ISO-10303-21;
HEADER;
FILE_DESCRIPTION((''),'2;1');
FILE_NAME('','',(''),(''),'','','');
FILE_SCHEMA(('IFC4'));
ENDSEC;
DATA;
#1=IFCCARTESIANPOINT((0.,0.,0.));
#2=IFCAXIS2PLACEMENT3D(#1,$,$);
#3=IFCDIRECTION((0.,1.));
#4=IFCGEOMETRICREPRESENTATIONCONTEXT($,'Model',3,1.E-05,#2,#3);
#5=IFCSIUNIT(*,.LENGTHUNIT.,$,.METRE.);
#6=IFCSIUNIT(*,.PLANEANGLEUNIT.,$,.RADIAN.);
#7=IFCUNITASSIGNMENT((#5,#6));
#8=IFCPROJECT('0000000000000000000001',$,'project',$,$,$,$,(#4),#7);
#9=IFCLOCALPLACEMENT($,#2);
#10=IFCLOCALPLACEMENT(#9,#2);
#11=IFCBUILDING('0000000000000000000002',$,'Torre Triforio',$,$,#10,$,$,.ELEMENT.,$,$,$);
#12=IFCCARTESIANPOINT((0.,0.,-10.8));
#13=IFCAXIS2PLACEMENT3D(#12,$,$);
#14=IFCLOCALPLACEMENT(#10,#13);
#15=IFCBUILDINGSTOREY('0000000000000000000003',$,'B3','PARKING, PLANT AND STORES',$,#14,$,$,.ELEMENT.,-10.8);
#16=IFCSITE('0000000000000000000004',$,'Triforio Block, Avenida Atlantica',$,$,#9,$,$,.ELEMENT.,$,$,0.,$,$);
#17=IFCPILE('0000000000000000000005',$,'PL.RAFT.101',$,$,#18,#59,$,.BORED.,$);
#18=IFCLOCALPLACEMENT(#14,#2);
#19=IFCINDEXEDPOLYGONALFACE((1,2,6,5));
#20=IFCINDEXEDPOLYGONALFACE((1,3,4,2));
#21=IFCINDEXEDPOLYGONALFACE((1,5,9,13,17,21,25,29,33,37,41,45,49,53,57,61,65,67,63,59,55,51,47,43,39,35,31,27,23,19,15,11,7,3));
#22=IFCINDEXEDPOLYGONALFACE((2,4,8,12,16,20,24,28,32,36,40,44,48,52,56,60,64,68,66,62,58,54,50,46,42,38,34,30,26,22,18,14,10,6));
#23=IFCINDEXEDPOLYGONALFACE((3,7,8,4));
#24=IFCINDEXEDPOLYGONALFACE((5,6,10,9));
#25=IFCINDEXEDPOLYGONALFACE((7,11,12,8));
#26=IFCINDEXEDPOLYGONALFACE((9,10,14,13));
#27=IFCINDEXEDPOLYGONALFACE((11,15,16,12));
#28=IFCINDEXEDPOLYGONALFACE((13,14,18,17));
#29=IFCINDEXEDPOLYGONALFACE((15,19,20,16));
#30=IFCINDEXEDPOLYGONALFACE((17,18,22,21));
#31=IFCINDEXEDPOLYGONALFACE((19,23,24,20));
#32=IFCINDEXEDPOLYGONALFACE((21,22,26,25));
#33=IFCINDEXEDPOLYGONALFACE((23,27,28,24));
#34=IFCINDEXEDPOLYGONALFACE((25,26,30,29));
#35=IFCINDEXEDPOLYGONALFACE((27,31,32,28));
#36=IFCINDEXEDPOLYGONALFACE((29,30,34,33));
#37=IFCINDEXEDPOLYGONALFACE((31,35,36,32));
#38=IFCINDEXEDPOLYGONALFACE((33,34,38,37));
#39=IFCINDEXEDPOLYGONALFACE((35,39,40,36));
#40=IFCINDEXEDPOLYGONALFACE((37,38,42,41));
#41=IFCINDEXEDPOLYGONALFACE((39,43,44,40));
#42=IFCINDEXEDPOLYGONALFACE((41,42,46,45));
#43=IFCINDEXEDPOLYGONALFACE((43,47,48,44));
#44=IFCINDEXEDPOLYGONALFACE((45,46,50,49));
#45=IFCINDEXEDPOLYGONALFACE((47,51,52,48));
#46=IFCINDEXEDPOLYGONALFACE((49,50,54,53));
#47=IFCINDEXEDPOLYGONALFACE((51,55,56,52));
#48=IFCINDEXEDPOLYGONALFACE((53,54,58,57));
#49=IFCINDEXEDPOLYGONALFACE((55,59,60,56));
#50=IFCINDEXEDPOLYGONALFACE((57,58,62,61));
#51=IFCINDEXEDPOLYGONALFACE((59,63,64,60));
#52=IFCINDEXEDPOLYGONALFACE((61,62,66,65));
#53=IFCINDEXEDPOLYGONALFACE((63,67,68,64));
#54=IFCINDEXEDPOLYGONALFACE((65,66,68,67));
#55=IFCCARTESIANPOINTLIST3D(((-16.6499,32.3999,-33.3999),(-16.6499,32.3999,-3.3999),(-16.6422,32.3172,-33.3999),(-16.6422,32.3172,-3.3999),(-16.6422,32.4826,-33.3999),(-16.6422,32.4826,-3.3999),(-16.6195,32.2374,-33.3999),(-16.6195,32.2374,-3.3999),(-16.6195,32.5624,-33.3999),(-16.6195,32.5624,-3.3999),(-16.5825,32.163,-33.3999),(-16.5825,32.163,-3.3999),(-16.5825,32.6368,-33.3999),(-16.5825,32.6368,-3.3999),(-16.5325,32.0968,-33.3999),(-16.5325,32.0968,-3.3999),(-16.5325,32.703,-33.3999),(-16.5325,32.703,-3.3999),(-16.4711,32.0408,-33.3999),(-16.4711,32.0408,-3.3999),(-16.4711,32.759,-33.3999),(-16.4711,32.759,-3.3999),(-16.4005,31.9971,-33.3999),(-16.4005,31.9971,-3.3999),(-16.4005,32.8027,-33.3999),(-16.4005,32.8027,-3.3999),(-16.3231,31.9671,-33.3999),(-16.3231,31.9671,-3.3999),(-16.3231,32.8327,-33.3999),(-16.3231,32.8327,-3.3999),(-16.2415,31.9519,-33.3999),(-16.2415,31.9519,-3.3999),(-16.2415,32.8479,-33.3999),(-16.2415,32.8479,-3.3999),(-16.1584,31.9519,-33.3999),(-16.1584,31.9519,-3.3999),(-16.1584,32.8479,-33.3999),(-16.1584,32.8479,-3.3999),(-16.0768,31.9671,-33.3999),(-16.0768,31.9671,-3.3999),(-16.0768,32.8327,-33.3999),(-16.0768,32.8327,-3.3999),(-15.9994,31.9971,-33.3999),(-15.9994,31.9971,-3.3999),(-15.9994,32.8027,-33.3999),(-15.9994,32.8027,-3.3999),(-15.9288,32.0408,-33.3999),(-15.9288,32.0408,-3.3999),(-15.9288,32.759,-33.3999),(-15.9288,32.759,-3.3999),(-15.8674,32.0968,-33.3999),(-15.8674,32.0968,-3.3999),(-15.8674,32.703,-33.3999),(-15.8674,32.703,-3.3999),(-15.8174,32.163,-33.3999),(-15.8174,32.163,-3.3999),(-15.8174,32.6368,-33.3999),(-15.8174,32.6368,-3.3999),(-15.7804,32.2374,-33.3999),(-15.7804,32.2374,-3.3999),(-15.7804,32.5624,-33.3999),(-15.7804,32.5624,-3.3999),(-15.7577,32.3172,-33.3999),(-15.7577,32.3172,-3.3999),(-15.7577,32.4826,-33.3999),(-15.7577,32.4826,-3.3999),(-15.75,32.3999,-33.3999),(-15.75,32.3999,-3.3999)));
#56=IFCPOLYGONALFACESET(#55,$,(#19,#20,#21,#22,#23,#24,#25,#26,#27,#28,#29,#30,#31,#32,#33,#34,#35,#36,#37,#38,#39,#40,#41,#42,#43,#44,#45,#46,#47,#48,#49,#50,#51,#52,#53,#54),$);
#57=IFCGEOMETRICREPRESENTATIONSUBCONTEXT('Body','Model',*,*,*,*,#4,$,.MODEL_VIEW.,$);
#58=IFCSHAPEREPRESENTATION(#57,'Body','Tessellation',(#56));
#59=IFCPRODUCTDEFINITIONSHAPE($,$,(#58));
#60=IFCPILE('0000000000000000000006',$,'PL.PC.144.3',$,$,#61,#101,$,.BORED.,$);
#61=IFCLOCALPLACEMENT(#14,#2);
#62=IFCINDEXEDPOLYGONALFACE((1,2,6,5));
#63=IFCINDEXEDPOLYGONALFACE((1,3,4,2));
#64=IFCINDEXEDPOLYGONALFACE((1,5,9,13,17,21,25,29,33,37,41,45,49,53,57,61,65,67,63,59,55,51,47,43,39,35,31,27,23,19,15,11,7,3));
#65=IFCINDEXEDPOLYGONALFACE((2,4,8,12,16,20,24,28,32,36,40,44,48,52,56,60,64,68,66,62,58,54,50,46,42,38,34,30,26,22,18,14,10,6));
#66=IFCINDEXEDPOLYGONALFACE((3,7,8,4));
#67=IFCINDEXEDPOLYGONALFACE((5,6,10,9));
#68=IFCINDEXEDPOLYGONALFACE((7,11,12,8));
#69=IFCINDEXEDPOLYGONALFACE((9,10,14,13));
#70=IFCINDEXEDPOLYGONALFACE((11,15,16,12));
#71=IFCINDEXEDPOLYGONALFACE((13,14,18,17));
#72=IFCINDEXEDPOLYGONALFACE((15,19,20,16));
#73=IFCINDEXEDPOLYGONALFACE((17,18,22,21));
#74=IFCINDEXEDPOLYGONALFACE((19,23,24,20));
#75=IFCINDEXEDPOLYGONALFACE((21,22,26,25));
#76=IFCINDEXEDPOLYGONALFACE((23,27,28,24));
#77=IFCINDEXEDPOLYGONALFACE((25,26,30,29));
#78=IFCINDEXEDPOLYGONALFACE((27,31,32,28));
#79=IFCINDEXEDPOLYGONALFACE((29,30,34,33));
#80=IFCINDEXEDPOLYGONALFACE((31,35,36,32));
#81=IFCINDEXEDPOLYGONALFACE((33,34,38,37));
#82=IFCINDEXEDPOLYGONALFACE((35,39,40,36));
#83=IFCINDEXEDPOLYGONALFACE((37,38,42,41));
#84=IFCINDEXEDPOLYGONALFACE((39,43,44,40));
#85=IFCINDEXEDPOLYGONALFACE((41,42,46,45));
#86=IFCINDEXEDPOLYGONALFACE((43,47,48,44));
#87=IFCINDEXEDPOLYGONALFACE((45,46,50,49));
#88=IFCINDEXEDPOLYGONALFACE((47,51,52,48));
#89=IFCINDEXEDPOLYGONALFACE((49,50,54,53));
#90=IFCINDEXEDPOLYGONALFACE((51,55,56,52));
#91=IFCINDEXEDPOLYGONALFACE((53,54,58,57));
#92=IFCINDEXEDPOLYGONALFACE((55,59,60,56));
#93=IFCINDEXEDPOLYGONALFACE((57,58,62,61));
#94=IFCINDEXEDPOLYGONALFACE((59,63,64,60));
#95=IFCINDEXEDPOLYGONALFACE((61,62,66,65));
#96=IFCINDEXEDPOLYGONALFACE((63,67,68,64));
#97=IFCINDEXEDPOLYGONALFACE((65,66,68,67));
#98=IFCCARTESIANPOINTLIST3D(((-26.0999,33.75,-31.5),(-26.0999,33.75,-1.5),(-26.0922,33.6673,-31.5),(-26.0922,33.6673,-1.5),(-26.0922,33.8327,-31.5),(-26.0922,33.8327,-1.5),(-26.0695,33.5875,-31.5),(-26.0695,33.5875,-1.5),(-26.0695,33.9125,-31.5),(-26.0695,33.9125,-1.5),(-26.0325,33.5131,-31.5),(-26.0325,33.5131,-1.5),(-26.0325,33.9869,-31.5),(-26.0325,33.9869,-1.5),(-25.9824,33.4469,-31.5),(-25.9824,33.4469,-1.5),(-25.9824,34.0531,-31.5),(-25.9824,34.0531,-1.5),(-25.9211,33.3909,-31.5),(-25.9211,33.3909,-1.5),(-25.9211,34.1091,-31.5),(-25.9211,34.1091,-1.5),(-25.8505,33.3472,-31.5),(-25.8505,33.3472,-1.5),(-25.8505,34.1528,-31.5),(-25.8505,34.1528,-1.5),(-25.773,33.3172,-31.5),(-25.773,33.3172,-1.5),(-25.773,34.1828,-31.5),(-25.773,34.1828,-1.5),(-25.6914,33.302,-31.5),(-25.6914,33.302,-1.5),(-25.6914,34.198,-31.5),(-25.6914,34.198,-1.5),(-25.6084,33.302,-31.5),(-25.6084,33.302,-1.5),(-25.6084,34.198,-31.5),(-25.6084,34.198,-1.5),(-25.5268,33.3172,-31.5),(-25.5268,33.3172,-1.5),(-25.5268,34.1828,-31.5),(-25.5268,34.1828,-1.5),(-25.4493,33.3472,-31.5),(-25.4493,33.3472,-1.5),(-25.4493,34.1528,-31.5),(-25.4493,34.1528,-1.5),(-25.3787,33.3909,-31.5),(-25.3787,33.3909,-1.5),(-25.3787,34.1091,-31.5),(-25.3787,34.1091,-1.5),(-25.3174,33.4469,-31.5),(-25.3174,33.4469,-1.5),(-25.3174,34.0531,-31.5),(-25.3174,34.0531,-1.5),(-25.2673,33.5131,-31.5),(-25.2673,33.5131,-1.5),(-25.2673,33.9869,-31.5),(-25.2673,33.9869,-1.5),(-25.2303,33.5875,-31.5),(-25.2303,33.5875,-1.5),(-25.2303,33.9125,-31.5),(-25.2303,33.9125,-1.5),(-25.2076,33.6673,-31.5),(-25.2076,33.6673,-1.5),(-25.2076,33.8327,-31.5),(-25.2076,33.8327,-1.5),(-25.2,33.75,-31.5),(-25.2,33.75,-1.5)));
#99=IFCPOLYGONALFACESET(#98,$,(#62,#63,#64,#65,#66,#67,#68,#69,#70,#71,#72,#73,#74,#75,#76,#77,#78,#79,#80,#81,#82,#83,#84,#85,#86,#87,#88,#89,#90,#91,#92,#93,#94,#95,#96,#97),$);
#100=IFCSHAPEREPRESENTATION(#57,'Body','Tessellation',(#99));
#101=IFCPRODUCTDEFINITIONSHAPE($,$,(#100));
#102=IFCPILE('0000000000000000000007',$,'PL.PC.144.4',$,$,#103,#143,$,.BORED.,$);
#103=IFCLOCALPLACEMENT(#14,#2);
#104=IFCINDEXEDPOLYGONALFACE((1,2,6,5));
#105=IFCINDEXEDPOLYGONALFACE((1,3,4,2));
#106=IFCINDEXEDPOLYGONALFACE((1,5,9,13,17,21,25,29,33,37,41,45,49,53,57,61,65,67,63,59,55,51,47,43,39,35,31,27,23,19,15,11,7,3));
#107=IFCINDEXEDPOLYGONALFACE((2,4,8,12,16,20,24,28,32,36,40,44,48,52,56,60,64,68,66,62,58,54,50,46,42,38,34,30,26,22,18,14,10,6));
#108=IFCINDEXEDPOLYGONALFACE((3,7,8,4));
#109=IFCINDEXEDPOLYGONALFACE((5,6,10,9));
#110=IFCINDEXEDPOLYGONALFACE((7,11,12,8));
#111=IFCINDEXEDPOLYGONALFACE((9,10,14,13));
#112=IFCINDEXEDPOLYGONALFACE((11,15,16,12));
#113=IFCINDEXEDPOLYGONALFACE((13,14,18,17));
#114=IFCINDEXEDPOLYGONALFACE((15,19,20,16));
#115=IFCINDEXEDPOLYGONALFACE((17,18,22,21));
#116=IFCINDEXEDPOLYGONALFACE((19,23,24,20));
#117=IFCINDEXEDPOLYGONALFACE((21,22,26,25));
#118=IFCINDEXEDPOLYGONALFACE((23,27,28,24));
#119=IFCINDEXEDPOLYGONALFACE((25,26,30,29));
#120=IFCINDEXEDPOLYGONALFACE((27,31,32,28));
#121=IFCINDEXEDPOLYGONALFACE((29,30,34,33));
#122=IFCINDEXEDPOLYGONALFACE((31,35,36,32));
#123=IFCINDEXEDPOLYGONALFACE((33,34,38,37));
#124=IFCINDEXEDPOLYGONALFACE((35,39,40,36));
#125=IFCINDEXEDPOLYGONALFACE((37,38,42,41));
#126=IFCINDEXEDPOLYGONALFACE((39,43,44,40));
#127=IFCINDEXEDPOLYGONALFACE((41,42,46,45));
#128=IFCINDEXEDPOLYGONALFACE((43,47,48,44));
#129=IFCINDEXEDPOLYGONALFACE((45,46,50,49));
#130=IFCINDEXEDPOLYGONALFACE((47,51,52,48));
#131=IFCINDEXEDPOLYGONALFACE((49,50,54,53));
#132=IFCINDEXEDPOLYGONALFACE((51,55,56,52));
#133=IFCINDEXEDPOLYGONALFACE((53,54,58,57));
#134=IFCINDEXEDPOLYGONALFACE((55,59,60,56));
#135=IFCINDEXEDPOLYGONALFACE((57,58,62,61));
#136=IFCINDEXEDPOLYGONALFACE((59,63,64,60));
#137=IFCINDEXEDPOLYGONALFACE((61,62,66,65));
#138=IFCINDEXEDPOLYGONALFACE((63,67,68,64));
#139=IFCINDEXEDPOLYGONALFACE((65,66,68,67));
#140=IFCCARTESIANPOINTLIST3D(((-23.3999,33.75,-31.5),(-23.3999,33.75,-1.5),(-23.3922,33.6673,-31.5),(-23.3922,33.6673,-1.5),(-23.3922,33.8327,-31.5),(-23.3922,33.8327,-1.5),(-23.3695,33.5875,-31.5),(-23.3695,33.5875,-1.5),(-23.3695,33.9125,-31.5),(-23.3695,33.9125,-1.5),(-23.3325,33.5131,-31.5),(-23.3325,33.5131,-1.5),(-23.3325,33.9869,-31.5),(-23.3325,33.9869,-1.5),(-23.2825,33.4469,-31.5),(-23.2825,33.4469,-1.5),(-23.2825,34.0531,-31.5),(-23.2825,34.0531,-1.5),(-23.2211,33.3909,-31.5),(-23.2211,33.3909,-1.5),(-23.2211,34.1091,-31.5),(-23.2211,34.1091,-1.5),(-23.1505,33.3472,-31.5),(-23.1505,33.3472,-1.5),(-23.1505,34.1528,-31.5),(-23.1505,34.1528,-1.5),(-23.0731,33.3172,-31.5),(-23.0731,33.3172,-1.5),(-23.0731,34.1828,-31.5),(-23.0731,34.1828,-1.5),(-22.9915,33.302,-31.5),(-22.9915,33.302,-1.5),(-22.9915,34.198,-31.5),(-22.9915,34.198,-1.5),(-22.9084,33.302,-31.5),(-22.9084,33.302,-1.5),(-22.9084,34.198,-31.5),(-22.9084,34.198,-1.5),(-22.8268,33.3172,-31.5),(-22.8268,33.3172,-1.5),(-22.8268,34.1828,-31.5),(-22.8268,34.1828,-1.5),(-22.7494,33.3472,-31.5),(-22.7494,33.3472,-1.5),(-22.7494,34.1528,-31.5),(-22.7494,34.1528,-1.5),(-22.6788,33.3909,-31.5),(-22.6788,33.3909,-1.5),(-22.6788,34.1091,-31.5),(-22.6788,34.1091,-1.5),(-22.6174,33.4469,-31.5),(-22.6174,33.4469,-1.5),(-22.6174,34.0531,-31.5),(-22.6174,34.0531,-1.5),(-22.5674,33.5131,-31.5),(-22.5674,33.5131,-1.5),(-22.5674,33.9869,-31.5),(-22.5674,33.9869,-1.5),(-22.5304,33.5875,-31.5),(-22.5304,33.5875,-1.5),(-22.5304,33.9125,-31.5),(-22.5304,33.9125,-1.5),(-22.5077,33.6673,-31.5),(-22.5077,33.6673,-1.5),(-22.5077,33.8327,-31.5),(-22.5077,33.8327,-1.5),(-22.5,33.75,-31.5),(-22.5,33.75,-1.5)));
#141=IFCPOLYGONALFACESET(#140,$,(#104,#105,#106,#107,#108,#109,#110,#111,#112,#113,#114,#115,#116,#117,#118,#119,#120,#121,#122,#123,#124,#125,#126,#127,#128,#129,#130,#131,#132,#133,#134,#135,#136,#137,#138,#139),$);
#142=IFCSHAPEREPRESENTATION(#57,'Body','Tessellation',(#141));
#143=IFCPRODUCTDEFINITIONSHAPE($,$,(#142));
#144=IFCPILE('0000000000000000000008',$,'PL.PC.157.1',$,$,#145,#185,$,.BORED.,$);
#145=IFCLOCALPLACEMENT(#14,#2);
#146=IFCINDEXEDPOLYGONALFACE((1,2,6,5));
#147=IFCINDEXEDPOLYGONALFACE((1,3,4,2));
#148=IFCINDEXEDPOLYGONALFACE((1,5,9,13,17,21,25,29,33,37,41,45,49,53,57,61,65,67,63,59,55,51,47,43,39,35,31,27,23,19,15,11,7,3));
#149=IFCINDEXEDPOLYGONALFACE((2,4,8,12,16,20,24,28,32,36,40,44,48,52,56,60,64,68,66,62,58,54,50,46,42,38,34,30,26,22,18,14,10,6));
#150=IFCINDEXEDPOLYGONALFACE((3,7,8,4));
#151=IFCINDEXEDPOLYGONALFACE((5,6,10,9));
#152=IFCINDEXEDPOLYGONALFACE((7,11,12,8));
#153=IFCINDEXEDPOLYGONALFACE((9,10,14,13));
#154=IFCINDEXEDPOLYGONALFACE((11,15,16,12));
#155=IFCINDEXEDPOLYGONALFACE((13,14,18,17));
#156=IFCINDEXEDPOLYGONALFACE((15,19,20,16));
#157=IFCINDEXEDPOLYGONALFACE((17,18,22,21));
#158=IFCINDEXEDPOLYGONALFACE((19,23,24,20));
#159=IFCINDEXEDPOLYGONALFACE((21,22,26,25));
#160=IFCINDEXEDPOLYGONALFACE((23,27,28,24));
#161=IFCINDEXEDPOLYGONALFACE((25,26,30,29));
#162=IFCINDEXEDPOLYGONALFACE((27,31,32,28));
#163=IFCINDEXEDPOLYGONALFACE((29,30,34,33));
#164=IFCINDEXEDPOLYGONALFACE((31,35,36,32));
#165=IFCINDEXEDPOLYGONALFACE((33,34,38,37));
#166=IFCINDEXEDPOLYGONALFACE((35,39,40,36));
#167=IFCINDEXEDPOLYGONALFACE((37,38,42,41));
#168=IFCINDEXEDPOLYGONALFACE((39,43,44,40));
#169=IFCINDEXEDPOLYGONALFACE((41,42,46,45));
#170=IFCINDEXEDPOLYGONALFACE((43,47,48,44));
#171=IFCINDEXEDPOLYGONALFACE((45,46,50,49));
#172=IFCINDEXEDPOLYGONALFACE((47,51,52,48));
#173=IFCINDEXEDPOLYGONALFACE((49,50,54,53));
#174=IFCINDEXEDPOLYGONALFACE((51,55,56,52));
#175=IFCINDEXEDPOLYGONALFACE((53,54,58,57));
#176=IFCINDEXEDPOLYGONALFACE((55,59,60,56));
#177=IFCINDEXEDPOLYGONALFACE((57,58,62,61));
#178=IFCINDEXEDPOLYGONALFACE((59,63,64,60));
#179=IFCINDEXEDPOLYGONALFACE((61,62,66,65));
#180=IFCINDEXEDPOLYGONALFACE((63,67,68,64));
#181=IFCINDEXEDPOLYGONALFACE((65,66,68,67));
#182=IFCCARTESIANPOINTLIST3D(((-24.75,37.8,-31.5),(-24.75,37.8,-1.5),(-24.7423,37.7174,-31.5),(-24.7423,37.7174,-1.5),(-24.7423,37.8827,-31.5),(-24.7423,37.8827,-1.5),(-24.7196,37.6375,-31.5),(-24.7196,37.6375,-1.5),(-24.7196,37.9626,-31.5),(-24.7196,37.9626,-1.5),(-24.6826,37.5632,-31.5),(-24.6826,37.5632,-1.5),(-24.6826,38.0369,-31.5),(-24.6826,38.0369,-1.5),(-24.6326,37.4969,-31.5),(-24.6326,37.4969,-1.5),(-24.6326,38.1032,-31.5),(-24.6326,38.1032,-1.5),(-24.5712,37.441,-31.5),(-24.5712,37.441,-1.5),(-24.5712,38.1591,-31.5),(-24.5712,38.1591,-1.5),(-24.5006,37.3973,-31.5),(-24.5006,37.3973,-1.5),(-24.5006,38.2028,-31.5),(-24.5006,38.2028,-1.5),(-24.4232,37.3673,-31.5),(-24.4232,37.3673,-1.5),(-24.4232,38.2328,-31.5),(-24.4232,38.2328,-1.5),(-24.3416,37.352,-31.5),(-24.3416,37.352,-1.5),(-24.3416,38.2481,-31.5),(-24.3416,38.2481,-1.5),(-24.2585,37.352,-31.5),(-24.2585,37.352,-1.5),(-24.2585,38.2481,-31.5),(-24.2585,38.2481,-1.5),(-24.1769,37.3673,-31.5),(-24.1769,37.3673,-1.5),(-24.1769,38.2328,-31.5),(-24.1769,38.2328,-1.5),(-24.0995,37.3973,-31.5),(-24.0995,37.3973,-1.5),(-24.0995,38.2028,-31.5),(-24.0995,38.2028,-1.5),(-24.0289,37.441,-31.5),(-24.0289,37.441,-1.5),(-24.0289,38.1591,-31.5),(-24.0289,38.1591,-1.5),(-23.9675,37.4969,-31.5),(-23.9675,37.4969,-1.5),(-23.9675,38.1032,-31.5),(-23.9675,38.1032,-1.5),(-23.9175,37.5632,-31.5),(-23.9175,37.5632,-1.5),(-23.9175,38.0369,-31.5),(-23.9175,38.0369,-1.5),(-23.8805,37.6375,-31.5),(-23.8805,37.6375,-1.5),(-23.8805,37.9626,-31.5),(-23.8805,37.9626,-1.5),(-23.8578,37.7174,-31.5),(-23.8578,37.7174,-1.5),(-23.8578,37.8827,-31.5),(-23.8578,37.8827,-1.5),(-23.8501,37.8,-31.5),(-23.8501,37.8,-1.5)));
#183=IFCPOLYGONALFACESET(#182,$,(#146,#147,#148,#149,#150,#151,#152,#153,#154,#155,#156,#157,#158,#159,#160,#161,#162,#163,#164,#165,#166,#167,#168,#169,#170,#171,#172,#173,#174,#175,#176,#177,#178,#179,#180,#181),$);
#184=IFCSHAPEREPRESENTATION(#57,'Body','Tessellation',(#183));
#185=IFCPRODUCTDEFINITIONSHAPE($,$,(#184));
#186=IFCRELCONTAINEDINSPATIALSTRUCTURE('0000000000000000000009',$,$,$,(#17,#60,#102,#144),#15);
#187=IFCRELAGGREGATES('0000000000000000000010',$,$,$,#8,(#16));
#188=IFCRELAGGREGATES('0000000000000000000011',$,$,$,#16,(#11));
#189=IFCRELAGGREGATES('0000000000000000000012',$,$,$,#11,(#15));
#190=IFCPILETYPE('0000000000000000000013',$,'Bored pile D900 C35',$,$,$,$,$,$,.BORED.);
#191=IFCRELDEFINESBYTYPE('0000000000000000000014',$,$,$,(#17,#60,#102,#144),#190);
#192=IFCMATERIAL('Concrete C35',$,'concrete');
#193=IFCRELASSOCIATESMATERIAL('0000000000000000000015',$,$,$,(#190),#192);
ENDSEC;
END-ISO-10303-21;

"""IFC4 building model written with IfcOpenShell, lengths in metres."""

from ifc_helpers import new_model, si_unit, direction, frame, origin, origin_2d, place, context, subcontext, project, spatial, circle, extrude, material, material_profile, profile_set, type_object, element, save


model = new_model("IFC4")

# Units and contexts
model_context = context("Model", 3, precision=1e-05, world=origin(), true_north=direction((0.0, 1.0)))
body_context = subcontext(model_context, "Body", "Model", "MODEL_VIEW")
ifc_project = project(units=[si_unit("LENGTHUNIT", "METRE"), si_unit("PLANEANGLEUNIT", "RADIAN")], contexts=[model_context])

# Site, building, storey
site_placement = place(None, origin())
site = spatial("IfcSite", under=ifc_project, at=site_placement, Name="Triforio Block, Avenida Atlantica", CompositionType="ELEMENT", RefElevation=0.0)
building_placement = place(site_placement, origin())
building = spatial("IfcBuilding", under=site, at=building_placement, Name="Torre Triforio", CompositionType="ELEMENT")
storey_placement = place(building_placement, frame((0.0, 0.0, -10.8)))
storey = spatial("IfcBuildingStorey", under=building, at=storey_placement, Name="B3", Description="PARKING, PLANT AND STORES", CompositionType="ELEMENT", Elevation=-10.8)

# Piles
ifc_material_1 = material(Name="Concrete C35", Category="concrete")
ifc_material_profile_1 = material_profile(ifc_material_1, circle(Radius=0.45, at=origin_2d()), Name="RC D900")
ifc_profile_set_1 = profile_set([ifc_material_profile_1], Name="Concrete C35")
pile_type = type_object("IfcPileType", Name="Bored pile D900 C35", PredefinedType="BORED", material=ifc_profile_set_1)
for number, where, z_axis, x_axis, name in (
    (1, (-16.2, 32.3999, -3.3999), (0.0, 0.0, -1.0), (1.0, 0.0, 0.0), "PL.RAFT.101"),
    (2, (-25.6499, 33.75, -1.5), (0.0, 0.0, -1.0), (1.0, 0.0, 0.0), "PL.PC.144.3"),
    (3, (-22.95, 33.75, -1.5), (0.0, 0.0, -1.0), (1.0, 0.0, 0.0), "PL.PC.144.4"),
    (4, (-24.3, 37.8, -1.5), (0.0, 0.0, -1.0), (1.0, 0.0, 0.0), "PL.PC.157.1"),
):
    element("IfcPile", number, at=place(storey_placement, frame(where, z_axis=z_axis, x_axis=x_axis)), inside=storey, type_object=pile_type, Name=name, PredefinedType="BORED", context=body_context, shape_type="SweptSolid", body=[
        extrude(circle(Radius=0.45, at=origin_2d()), origin(), (0.0, 0.0, 1.0), 30.0),
    ])

save(model, "model.ifc")
